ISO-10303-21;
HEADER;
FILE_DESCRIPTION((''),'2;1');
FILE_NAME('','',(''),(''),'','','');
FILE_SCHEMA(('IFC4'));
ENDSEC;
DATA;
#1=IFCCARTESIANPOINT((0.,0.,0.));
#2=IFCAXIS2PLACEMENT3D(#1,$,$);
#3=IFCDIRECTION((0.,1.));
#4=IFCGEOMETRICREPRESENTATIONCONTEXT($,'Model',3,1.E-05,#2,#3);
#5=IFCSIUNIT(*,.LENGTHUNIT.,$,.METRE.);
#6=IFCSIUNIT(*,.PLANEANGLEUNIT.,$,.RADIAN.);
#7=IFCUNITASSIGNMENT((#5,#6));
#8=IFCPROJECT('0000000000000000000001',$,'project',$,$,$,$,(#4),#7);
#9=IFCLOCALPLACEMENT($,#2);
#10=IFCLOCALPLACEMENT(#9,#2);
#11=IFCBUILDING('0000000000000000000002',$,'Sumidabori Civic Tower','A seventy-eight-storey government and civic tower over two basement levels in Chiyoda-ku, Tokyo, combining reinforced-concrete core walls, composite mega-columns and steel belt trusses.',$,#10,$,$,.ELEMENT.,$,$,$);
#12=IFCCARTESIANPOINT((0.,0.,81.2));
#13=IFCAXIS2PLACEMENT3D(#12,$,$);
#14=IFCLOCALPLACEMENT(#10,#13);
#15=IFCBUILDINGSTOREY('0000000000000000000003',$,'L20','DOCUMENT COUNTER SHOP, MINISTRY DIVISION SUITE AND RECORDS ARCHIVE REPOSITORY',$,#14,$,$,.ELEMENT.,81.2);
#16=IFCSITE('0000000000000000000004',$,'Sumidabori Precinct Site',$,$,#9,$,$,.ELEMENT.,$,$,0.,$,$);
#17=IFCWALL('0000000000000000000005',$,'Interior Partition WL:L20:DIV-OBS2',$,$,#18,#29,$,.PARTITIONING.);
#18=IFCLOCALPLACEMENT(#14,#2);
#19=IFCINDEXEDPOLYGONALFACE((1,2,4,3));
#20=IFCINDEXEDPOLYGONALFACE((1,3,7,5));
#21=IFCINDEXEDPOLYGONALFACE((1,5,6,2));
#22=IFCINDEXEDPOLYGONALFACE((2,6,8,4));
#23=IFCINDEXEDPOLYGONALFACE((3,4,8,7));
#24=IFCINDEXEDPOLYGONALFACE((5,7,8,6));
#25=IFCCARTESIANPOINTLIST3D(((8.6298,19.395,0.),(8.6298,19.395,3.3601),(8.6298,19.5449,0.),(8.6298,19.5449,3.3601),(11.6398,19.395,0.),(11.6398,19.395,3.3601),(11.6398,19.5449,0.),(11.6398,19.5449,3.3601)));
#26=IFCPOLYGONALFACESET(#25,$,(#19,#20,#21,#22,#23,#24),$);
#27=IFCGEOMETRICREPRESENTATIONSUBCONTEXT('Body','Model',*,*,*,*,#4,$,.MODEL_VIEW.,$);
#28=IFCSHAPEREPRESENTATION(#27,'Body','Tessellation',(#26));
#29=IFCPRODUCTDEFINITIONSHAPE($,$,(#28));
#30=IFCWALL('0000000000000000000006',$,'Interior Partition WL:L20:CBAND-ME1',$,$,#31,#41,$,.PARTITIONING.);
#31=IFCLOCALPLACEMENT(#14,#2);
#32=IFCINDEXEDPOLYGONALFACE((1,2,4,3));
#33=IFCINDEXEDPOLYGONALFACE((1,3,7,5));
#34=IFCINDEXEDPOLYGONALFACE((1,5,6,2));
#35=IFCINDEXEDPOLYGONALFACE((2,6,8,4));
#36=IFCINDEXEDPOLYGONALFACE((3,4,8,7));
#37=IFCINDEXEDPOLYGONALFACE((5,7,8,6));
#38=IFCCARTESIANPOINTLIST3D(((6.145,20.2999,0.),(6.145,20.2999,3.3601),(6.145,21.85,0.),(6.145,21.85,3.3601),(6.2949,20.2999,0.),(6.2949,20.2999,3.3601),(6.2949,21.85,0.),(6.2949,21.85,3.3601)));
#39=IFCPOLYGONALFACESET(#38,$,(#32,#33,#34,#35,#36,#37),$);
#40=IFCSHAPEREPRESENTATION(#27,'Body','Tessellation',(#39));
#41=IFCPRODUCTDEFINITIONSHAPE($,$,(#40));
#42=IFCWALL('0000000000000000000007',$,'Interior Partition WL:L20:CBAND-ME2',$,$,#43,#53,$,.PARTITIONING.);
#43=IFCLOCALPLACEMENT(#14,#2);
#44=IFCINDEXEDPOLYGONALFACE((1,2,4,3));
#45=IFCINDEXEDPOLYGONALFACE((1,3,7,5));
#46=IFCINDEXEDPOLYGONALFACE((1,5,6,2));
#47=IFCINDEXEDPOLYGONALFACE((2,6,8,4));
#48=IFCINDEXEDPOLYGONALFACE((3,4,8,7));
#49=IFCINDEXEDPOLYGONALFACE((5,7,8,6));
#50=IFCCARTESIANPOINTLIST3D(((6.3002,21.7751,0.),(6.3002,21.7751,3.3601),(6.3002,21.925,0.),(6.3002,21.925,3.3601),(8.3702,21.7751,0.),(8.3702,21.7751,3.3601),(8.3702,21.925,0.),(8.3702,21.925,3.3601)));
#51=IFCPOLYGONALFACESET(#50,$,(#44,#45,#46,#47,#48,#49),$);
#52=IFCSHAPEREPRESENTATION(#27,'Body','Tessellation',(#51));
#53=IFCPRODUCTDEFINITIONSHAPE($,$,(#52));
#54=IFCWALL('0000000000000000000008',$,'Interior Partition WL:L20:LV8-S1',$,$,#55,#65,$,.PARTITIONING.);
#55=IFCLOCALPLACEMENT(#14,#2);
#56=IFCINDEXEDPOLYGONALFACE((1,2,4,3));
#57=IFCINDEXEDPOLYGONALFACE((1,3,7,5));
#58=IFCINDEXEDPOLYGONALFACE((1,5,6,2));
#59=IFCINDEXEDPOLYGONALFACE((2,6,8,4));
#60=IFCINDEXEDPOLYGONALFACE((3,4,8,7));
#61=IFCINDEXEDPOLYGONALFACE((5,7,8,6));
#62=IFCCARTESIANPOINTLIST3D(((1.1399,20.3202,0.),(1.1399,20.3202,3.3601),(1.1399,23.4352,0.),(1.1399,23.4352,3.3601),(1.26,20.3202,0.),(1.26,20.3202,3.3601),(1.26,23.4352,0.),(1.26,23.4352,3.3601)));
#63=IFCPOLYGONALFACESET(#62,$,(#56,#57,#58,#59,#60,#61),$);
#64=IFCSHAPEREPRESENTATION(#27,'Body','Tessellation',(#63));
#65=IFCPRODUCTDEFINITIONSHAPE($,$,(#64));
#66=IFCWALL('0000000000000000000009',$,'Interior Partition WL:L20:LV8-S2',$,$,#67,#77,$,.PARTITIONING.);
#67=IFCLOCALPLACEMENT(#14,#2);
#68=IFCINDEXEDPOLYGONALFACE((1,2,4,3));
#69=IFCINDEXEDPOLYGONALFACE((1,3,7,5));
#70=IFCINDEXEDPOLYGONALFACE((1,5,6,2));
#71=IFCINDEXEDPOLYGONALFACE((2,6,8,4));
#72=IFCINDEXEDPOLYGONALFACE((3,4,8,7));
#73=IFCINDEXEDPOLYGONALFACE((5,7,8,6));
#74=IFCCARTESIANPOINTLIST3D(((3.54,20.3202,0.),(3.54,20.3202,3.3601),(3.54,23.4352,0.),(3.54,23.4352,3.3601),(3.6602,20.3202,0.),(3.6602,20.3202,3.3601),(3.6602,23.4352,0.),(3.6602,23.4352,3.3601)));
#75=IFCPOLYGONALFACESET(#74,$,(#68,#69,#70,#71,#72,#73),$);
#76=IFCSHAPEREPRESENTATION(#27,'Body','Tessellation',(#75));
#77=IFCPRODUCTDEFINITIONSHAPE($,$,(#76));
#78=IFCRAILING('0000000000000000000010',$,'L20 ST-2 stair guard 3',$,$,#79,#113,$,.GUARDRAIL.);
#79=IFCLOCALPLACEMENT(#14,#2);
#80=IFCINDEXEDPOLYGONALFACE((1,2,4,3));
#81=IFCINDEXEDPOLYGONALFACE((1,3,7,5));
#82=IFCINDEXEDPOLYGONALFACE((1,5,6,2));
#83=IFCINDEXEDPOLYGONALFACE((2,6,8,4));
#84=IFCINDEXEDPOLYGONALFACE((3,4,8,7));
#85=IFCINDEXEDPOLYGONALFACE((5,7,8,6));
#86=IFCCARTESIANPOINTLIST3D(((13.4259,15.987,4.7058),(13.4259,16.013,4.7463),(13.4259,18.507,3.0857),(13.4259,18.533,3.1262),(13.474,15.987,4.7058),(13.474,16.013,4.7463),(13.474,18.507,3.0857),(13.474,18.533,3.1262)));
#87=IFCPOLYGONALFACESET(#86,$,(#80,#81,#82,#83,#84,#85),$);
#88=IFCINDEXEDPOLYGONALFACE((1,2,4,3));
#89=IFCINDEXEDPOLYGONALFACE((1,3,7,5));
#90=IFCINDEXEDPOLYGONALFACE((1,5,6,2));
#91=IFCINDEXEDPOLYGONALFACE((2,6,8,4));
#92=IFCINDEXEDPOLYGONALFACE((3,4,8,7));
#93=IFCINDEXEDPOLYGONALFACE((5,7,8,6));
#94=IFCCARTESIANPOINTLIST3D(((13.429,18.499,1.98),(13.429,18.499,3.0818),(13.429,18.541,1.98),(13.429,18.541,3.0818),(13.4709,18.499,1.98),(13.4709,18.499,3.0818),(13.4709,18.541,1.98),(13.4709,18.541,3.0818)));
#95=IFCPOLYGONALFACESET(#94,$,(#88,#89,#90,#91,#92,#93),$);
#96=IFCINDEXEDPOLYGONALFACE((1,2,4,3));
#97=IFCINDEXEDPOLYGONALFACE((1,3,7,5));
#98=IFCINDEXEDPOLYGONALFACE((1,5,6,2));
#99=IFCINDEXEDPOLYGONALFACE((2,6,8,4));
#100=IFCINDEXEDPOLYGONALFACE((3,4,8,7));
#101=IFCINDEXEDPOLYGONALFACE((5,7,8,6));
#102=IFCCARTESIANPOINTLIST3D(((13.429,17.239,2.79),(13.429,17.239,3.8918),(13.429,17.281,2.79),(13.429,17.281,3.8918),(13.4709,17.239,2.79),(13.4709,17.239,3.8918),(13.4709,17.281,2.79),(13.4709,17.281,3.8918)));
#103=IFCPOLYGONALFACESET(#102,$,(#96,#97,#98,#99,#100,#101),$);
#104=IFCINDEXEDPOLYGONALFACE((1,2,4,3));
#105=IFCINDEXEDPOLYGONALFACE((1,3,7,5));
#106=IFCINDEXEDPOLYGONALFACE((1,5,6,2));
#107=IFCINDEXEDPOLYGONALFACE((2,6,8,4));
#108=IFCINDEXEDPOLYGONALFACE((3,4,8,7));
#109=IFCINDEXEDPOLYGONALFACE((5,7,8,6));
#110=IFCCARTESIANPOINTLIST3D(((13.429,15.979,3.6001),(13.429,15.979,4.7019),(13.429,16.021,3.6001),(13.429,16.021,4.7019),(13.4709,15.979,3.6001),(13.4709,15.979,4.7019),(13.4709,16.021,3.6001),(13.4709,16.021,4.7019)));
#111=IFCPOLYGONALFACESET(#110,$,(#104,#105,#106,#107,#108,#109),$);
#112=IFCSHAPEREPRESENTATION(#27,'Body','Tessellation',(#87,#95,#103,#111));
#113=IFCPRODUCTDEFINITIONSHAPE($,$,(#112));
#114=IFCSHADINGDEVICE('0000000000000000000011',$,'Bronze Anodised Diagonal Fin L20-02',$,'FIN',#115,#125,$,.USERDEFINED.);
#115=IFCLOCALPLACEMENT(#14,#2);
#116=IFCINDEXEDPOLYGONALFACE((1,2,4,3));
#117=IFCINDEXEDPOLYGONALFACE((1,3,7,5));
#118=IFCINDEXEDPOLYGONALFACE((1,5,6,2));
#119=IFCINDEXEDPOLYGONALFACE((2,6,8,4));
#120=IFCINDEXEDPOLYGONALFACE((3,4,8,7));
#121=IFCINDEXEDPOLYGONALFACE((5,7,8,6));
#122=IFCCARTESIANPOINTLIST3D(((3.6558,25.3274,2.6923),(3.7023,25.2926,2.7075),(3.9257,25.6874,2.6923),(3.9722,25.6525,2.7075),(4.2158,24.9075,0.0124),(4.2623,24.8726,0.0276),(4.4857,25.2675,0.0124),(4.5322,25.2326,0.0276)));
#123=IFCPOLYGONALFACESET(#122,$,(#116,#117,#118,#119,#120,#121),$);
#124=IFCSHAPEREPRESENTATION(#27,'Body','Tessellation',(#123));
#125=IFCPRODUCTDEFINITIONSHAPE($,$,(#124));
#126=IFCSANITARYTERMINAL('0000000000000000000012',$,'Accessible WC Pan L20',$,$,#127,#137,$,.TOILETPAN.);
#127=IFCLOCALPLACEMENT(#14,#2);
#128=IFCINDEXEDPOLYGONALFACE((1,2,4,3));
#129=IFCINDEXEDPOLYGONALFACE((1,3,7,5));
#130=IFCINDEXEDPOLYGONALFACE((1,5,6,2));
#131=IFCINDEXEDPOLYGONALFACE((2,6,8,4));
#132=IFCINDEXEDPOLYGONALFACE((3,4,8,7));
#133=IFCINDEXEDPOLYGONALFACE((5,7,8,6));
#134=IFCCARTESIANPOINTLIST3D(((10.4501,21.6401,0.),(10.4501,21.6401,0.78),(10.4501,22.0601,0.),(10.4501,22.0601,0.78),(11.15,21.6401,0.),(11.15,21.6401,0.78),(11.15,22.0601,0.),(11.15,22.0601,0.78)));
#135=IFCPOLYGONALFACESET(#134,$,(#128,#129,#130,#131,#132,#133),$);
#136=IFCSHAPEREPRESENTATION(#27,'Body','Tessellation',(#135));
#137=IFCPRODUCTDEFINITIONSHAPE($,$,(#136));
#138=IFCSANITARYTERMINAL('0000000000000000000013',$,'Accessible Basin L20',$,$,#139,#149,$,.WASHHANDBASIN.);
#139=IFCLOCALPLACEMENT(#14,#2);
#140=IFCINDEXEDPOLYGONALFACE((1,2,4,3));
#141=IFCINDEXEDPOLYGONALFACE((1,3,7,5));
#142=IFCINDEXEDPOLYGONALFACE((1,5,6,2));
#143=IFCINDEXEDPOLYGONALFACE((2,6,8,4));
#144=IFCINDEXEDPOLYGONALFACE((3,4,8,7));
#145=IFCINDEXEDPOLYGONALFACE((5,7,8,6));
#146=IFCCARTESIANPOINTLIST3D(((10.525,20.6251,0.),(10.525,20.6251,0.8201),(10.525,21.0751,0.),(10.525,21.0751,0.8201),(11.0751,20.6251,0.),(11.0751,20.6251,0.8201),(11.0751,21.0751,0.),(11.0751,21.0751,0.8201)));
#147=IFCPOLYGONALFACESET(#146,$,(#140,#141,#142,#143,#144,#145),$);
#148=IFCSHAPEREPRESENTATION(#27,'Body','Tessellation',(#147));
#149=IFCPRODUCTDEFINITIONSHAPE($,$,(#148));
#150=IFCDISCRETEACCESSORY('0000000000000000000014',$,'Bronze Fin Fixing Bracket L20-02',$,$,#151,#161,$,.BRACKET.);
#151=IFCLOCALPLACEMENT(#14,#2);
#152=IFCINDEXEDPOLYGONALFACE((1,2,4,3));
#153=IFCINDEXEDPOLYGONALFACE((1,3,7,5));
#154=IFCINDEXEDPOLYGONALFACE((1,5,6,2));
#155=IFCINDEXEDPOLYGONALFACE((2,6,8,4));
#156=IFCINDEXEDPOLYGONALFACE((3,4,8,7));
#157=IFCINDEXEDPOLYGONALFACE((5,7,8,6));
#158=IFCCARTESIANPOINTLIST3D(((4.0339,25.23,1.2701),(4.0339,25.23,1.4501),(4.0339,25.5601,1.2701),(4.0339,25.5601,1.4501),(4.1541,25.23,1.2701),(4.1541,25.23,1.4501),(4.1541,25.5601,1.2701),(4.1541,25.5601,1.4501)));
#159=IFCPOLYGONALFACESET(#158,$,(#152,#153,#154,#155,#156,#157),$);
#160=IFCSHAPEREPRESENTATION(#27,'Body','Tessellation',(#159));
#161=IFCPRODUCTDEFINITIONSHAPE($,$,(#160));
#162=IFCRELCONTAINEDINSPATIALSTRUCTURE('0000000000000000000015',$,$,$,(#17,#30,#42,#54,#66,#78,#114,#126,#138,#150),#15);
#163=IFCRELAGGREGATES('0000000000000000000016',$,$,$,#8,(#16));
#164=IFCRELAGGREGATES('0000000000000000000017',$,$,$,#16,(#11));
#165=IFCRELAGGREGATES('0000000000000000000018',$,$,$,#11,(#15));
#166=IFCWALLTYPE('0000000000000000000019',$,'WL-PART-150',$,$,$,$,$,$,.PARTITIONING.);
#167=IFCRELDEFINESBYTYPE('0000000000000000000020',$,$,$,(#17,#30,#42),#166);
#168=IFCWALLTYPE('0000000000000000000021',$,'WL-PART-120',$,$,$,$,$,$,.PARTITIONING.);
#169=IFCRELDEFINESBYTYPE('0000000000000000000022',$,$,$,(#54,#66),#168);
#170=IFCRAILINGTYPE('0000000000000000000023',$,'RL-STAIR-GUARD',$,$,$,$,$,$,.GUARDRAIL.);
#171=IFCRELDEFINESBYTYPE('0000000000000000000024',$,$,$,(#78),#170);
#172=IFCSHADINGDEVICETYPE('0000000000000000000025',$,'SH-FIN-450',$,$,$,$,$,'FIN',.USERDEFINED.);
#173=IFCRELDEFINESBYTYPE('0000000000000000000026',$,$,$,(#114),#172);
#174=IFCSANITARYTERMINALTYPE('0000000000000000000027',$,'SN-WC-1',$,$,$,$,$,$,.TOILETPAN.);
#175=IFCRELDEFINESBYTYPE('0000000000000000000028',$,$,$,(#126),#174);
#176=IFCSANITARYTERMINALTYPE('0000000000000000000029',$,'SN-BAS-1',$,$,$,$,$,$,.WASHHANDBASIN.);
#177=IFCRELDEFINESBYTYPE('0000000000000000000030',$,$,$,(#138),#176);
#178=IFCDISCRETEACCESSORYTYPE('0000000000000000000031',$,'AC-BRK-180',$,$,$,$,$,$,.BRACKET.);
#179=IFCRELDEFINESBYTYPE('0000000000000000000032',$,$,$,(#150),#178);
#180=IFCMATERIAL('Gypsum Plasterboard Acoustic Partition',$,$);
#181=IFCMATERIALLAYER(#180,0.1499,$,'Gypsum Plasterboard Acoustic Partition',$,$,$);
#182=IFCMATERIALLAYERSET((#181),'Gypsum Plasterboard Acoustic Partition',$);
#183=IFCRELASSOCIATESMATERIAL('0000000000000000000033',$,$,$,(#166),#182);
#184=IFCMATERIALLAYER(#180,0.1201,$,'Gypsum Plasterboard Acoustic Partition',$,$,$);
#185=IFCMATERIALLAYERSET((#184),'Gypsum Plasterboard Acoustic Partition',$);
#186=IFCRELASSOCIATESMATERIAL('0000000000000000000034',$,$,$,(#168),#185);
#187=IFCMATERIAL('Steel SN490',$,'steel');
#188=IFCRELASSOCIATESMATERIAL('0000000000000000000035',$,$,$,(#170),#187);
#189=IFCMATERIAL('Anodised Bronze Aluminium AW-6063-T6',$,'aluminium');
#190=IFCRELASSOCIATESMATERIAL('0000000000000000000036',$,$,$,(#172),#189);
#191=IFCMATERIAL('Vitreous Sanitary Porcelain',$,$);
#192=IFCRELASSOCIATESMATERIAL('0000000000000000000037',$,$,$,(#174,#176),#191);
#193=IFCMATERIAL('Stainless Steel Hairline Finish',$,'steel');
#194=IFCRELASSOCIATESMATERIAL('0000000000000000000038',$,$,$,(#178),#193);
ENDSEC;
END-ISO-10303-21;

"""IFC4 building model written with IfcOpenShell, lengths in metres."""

from ifc_helpers import new_model, si_unit, direction, frame, frame_2d, origin, origin_2d, place, context, subcontext, project, spatial, rectangle, extrude, source, transform, mapped, material, layer, layer_set, material_profile, profile_set, type_object, element, save


model = new_model("IFC4")

# Units and contexts
model_context = context("Model", 3, precision=1e-05, world=origin(), true_north=direction((0.0, 1.0)))
body_context = subcontext(model_context, "Body", "Model", "MODEL_VIEW")
ifc_project = project(units=[si_unit("LENGTHUNIT", "METRE"), si_unit("PLANEANGLEUNIT", "RADIAN")], contexts=[model_context])

# Site, building, storey
site_placement = place(None, origin())
site = spatial("IfcSite", under=ifc_project, at=site_placement, Name="Sumidabori Precinct Site", CompositionType="ELEMENT", RefElevation=0.0)
building_placement = place(site_placement, origin())
building = spatial("IfcBuilding", under=site, at=building_placement, Name="Sumidabori Civic Tower", Description="A seventy-eight-storey government and civic tower over two basement levels in Chiyoda-ku, Tokyo, combining reinforced-concrete core walls, composite mega-columns and steel belt trusses.", CompositionType="ELEMENT")
storey_placement = place(building_placement, frame((0.0, 0.0, 81.2)))
storey = spatial("IfcBuildingStorey", under=building, at=storey_placement, Name="L20", Description="DOCUMENT COUNTER SHOP, MINISTRY DIVISION SUITE AND RECORDS ARCHIVE REPOSITORY", CompositionType="ELEMENT", Elevation=81.2)

# Shared definitions
ifc_material_1 = material(Name="Steel SN490", Category="steel")

# Shared definitions
ifc_material_2 = material(Name="Anodised Bronze Aluminium AW-6063-T6", Category="aluminium")

# Walls
ifc_material_3 = material(Name="Gypsum Plasterboard Acoustic Partition")
ifc_layer_1 = layer(ifc_material_3, 0.1499, Name="Gypsum Plasterboard Acoustic Partition")
ifc_layer_set_1 = layer_set([ifc_layer_1], Name="Gypsum Plasterboard Acoustic Partition")
wall_type_1 = type_object("IfcWallType", Name="WL-PART-150", PredefinedType="PARTITIONING", material=ifc_layer_set_1)
shared_shape_1 = source(origin(), body_context, "Body", "SweptSolid", [
    extrude(rectangle(XDim=3.01, YDim=0.1499, at=frame_2d((1.5049, 0.0))), origin(), (0.0, 0.0, 1.0), 3.3601),
])
wall_1_placement = place(storey_placement, frame((8.6299, 19.47, 0.0), z_axis=(0.0, 0.0, 1.0), x_axis=(1.0, 0.0, 0.0)))
element("IfcWall", 1, at=wall_1_placement, inside=storey, type_object=wall_type_1, Name="Interior Partition WL:L20:DIV-OBS2", PredefinedType="PARTITIONING", context=body_context, shape_type="MappedRepresentation", body=[
    mapped(shared_shape_1, transform((0.0, 0.0, 0.0), x_axis=(1.0, 0.0, 0.0), y_axis=(0.0, 1.0, 0.0), z_axis=(0.0, 0.0, 1.0), scale=1.0)),
])
shared_shape_2 = source(origin(), body_context, "Body", "SweptSolid", [
    extrude(rectangle(XDim=1.55, YDim=0.1499, at=frame_2d((0.7749, 0.0))), origin(), (0.0, 0.0, 1.0), 3.3601),
])
wall_2_placement = place(storey_placement, frame((6.22, 20.3, 0.0), z_axis=(0.0, 0.0, 1.0), x_axis=(0.0, 1.0, 0.0)))
element("IfcWall", 2, at=wall_2_placement, inside=storey, type_object=wall_type_1, Name="Interior Partition WL:L20:CBAND-ME1", PredefinedType="PARTITIONING", context=body_context, shape_type="MappedRepresentation", body=[
    mapped(shared_shape_2, transform((0.0, 0.0, 0.0), x_axis=(1.0, 0.0, 0.0), y_axis=(0.0, 1.0, 0.0), z_axis=(0.0, 0.0, 1.0), scale=1.0)),
])
shared_shape_3 = source(origin(), body_context, "Body", "SweptSolid", [
    extrude(rectangle(XDim=2.0701, YDim=0.1499, at=frame_2d((1.0352, 0.0))), origin(), (0.0, 0.0, 1.0), 3.3601),
])
wall_3_placement = place(storey_placement, frame((6.3, 21.8501, 0.0), z_axis=(0.0, 0.0, 1.0), x_axis=(1.0, 0.0, 0.0)))
element("IfcWall", 3, at=wall_3_placement, inside=storey, type_object=wall_type_1, Name="Interior Partition WL:L20:CBAND-ME2", PredefinedType="PARTITIONING", context=body_context, shape_type="MappedRepresentation", body=[
    mapped(shared_shape_3, transform((0.0, 0.0, 0.0), x_axis=(1.0, 0.0, 0.0), y_axis=(0.0, 1.0, 0.0), z_axis=(0.0, 0.0, 1.0), scale=1.0)),
])
ifc_layer_2 = layer(ifc_material_3, 0.1201, Name="Gypsum Plasterboard Acoustic Partition")
ifc_layer_set_2 = layer_set([ifc_layer_2], Name="Gypsum Plasterboard Acoustic Partition")
wall_type_2 = type_object("IfcWallType", Name="WL-PART-120", PredefinedType="PARTITIONING", material=ifc_layer_set_2)
shared_shape_4 = source(origin(), body_context, "Body", "SweptSolid", [
    extrude(rectangle(XDim=3.115, YDim=0.1201, at=frame_2d((1.5576, 0.0))), origin(), (0.0, 0.0, 1.0), 3.3601),
])
for number, where, z_axis, x_axis, name in (
    (4, (1.2, 20.3201, 0.0), (0.0, 0.0, 1.0), (0.0, 1.0, 0.0), "Interior Partition WL:L20:LV8-S1"),
    (5, (3.6001, 20.3201, 0.0), (0.0, 0.0, 1.0), (0.0, 1.0, 0.0), "Interior Partition WL:L20:LV8-S2"),
):
    element("IfcWall", number, at=place(storey_placement, frame(where, z_axis=z_axis, x_axis=x_axis)), inside=storey, type_object=wall_type_2, Name=name, PredefinedType="PARTITIONING", context=body_context, shape_type="MappedRepresentation", body=[
        mapped(shared_shape_4, transform((0.0, 0.0, 0.0), x_axis=(1.0, 0.0, 0.0), y_axis=(0.0, 1.0, 0.0), z_axis=(0.0, 0.0, 1.0), scale=1.0)),
    ])

# Railing
railing_type = type_object("IfcRailingType", Name="RL-STAIR-GUARD", PredefinedType="GUARDRAIL", material=ifc_material_1)
railing_placement = place(storey_placement, frame((13.45, 18.52, 1.98)))
element("IfcRailing", 6, at=railing_placement, inside=storey, type_object=railing_type, Name="L20 ST-2 stair guard 3", PredefinedType="GUARDRAIL", context=body_context, shape_type="SweptSolid", body=[
    extrude(rectangle(XDim=0.0481, YDim=0.0481, at=origin_2d()), frame((0.0, 0.0, 1.126), z_axis=(0.0, -0.841163, 0.540782), x_axis=(1.0, 0.0, 0.0)), (0.0, 0.0, 1.0), 2.9958),
    extrude(rectangle(XDim=0.042, YDim=0.042, at=origin_2d()), origin(), (0.0, 0.0, 1.0), 1.1018),
    extrude(rectangle(XDim=0.042, YDim=0.042, at=origin_2d()), frame((0.0, -1.26, 0.8101)), (0.0, 0.0, 1.0), 1.1018),
    extrude(rectangle(XDim=0.042, YDim=0.042, at=origin_2d()), frame((0.0, -2.52, 1.6201)), (0.0, 0.0, 1.0), 1.1018),
])

# Shading device
ifc_material_profile_1 = material_profile(ifc_material_2, rectangle(XDim=0.0601, YDim=0.45, at=origin_2d()), Name="BRONZE FIN 450x60")
ifc_profile_set_1 = profile_set([ifc_material_profile_1], Name="Anodised Bronze Aluminium AW-6063-T6")
shading_device_type = type_object("IfcShadingDeviceType", Name="SH-FIN-450", ElementType="FIN", PredefinedType="USERDEFINED", material=ifc_profile_set_1)
shared_shape_5 = source(origin(), body_context, "Body", "SweptSolid", [
    extrude(rectangle(XDim=0.0601, YDim=0.45, at=origin_2d()), origin(), (0.0, 0.0, 1.0), 2.7698),
])
shading_device_placement = place(storey_placement, frame((4.374, 25.0701, 0.02), z_axis=(-0.202199, 0.151605, 0.967539), x_axis=(0.774112, -0.580415, 0.252722)))
element("IfcShadingDevice", 7, at=shading_device_placement, inside=storey, type_object=shading_device_type, Name="Bronze Anodised Diagonal Fin L20-02", ObjectType="FIN", PredefinedType="USERDEFINED", context=body_context, shape_type="MappedRepresentation", body=[
    mapped(shared_shape_5, transform((0.0, 0.0, 0.0), x_axis=(1.0, 0.0, 0.0), y_axis=(0.0, 1.0, 0.0), z_axis=(0.0, 0.0, 1.0), scale=1.0)),
])

# Sanitary terminals
ifc_material_4 = material(Name="Vitreous Sanitary Porcelain")
sanitary_terminal_type_1 = type_object("IfcSanitaryTerminalType", Name="SN-WC-1", PredefinedType="TOILETPAN", material=ifc_material_4)
shared_shape_6 = source(origin(), body_context, "Body", "SweptSolid", [
    extrude(rectangle(XDim=0.7, YDim=0.4199, at=origin_2d()), origin(), (0.0, 0.0, 1.0), 0.78),
])
sanitary_terminal_1_placement = place(storey_placement, frame((10.8, 21.8501, 0.0), z_axis=(0.0, 0.0, 1.0), x_axis=(1.0, 0.0, 0.0)))
element("IfcSanitaryTerminal", 8, at=sanitary_terminal_1_placement, inside=storey, type_object=sanitary_terminal_type_1, Name="Accessible WC Pan L20", PredefinedType="TOILETPAN", context=body_context, shape_type="MappedRepresentation", body=[
    mapped(shared_shape_6, transform((0.0, 0.0, 0.0), x_axis=(1.0, 0.0, 0.0), y_axis=(0.0, 1.0, 0.0), z_axis=(0.0, 0.0, 1.0), scale=1.0)),
])
sanitary_terminal_type_2 = type_object("IfcSanitaryTerminalType", Name="SN-BAS-1", PredefinedType="WASHHANDBASIN", material=ifc_material_4)
shared_shape_7 = source(origin(), body_context, "Body", "SweptSolid", [
    extrude(rectangle(XDim=0.55, YDim=0.45, at=origin_2d()), origin(), (0.0, 0.0, 1.0), 0.8201),
])
sanitary_terminal_2_placement = place(storey_placement, frame((10.8, 20.8501, 0.0), z_axis=(0.0, 0.0, 1.0), x_axis=(1.0, 0.0, 0.0)))
element("IfcSanitaryTerminal", 9, at=sanitary_terminal_2_placement, inside=storey, type_object=sanitary_terminal_type_2, Name="Accessible Basin L20", PredefinedType="WASHHANDBASIN", context=body_context, shape_type="MappedRepresentation", body=[
    mapped(shared_shape_7, transform((0.0, 0.0, 0.0), x_axis=(1.0, 0.0, 0.0), y_axis=(0.0, 1.0, 0.0), z_axis=(0.0, 0.0, 1.0), scale=1.0)),
])

# Discrete accessory
ifc_material_5 = material(Name="Stainless Steel Hairline Finish", Category="steel")
ifc_material_profile_2 = material_profile(ifc_material_5, rectangle(XDim=0.1201, YDim=0.1799, at=origin_2d()), Name="STEEL BRACKET 180x120")
ifc_profile_set_2 = profile_set([ifc_material_profile_2], Name="Stainless Steel Hairline Finish")
discrete_accessory_type = type_object("IfcDiscreteAccessoryType", Name="AC-BRK-180", PredefinedType="BRACKET", material=ifc_profile_set_2)
shared_shape_8 = source(origin(), body_context, "Body", "SweptSolid", [
    extrude(rectangle(XDim=0.1201, YDim=0.1799, at=origin_2d()), origin(), (0.0, 0.0, 1.0), 0.3301),
])
discrete_accessory_placement = place(storey_placement, frame((4.094, 25.23, 1.3601), z_axis=(0.0, 1.0, 0.0), x_axis=(-1.0, 0.0, 0.0)))
element("IfcDiscreteAccessory", 10, at=discrete_accessory_placement, inside=storey, type_object=discrete_accessory_type, Name="Bronze Fin Fixing Bracket L20-02", PredefinedType="BRACKET", context=body_context, shape_type="MappedRepresentation", body=[
    mapped(shared_shape_8, transform((0.0, 0.0, 0.0), x_axis=(1.0, 0.0, 0.0), y_axis=(0.0, 1.0, 0.0), z_axis=(0.0, 0.0, 1.0), scale=1.0)),
])

save(model, "model.ifc")
